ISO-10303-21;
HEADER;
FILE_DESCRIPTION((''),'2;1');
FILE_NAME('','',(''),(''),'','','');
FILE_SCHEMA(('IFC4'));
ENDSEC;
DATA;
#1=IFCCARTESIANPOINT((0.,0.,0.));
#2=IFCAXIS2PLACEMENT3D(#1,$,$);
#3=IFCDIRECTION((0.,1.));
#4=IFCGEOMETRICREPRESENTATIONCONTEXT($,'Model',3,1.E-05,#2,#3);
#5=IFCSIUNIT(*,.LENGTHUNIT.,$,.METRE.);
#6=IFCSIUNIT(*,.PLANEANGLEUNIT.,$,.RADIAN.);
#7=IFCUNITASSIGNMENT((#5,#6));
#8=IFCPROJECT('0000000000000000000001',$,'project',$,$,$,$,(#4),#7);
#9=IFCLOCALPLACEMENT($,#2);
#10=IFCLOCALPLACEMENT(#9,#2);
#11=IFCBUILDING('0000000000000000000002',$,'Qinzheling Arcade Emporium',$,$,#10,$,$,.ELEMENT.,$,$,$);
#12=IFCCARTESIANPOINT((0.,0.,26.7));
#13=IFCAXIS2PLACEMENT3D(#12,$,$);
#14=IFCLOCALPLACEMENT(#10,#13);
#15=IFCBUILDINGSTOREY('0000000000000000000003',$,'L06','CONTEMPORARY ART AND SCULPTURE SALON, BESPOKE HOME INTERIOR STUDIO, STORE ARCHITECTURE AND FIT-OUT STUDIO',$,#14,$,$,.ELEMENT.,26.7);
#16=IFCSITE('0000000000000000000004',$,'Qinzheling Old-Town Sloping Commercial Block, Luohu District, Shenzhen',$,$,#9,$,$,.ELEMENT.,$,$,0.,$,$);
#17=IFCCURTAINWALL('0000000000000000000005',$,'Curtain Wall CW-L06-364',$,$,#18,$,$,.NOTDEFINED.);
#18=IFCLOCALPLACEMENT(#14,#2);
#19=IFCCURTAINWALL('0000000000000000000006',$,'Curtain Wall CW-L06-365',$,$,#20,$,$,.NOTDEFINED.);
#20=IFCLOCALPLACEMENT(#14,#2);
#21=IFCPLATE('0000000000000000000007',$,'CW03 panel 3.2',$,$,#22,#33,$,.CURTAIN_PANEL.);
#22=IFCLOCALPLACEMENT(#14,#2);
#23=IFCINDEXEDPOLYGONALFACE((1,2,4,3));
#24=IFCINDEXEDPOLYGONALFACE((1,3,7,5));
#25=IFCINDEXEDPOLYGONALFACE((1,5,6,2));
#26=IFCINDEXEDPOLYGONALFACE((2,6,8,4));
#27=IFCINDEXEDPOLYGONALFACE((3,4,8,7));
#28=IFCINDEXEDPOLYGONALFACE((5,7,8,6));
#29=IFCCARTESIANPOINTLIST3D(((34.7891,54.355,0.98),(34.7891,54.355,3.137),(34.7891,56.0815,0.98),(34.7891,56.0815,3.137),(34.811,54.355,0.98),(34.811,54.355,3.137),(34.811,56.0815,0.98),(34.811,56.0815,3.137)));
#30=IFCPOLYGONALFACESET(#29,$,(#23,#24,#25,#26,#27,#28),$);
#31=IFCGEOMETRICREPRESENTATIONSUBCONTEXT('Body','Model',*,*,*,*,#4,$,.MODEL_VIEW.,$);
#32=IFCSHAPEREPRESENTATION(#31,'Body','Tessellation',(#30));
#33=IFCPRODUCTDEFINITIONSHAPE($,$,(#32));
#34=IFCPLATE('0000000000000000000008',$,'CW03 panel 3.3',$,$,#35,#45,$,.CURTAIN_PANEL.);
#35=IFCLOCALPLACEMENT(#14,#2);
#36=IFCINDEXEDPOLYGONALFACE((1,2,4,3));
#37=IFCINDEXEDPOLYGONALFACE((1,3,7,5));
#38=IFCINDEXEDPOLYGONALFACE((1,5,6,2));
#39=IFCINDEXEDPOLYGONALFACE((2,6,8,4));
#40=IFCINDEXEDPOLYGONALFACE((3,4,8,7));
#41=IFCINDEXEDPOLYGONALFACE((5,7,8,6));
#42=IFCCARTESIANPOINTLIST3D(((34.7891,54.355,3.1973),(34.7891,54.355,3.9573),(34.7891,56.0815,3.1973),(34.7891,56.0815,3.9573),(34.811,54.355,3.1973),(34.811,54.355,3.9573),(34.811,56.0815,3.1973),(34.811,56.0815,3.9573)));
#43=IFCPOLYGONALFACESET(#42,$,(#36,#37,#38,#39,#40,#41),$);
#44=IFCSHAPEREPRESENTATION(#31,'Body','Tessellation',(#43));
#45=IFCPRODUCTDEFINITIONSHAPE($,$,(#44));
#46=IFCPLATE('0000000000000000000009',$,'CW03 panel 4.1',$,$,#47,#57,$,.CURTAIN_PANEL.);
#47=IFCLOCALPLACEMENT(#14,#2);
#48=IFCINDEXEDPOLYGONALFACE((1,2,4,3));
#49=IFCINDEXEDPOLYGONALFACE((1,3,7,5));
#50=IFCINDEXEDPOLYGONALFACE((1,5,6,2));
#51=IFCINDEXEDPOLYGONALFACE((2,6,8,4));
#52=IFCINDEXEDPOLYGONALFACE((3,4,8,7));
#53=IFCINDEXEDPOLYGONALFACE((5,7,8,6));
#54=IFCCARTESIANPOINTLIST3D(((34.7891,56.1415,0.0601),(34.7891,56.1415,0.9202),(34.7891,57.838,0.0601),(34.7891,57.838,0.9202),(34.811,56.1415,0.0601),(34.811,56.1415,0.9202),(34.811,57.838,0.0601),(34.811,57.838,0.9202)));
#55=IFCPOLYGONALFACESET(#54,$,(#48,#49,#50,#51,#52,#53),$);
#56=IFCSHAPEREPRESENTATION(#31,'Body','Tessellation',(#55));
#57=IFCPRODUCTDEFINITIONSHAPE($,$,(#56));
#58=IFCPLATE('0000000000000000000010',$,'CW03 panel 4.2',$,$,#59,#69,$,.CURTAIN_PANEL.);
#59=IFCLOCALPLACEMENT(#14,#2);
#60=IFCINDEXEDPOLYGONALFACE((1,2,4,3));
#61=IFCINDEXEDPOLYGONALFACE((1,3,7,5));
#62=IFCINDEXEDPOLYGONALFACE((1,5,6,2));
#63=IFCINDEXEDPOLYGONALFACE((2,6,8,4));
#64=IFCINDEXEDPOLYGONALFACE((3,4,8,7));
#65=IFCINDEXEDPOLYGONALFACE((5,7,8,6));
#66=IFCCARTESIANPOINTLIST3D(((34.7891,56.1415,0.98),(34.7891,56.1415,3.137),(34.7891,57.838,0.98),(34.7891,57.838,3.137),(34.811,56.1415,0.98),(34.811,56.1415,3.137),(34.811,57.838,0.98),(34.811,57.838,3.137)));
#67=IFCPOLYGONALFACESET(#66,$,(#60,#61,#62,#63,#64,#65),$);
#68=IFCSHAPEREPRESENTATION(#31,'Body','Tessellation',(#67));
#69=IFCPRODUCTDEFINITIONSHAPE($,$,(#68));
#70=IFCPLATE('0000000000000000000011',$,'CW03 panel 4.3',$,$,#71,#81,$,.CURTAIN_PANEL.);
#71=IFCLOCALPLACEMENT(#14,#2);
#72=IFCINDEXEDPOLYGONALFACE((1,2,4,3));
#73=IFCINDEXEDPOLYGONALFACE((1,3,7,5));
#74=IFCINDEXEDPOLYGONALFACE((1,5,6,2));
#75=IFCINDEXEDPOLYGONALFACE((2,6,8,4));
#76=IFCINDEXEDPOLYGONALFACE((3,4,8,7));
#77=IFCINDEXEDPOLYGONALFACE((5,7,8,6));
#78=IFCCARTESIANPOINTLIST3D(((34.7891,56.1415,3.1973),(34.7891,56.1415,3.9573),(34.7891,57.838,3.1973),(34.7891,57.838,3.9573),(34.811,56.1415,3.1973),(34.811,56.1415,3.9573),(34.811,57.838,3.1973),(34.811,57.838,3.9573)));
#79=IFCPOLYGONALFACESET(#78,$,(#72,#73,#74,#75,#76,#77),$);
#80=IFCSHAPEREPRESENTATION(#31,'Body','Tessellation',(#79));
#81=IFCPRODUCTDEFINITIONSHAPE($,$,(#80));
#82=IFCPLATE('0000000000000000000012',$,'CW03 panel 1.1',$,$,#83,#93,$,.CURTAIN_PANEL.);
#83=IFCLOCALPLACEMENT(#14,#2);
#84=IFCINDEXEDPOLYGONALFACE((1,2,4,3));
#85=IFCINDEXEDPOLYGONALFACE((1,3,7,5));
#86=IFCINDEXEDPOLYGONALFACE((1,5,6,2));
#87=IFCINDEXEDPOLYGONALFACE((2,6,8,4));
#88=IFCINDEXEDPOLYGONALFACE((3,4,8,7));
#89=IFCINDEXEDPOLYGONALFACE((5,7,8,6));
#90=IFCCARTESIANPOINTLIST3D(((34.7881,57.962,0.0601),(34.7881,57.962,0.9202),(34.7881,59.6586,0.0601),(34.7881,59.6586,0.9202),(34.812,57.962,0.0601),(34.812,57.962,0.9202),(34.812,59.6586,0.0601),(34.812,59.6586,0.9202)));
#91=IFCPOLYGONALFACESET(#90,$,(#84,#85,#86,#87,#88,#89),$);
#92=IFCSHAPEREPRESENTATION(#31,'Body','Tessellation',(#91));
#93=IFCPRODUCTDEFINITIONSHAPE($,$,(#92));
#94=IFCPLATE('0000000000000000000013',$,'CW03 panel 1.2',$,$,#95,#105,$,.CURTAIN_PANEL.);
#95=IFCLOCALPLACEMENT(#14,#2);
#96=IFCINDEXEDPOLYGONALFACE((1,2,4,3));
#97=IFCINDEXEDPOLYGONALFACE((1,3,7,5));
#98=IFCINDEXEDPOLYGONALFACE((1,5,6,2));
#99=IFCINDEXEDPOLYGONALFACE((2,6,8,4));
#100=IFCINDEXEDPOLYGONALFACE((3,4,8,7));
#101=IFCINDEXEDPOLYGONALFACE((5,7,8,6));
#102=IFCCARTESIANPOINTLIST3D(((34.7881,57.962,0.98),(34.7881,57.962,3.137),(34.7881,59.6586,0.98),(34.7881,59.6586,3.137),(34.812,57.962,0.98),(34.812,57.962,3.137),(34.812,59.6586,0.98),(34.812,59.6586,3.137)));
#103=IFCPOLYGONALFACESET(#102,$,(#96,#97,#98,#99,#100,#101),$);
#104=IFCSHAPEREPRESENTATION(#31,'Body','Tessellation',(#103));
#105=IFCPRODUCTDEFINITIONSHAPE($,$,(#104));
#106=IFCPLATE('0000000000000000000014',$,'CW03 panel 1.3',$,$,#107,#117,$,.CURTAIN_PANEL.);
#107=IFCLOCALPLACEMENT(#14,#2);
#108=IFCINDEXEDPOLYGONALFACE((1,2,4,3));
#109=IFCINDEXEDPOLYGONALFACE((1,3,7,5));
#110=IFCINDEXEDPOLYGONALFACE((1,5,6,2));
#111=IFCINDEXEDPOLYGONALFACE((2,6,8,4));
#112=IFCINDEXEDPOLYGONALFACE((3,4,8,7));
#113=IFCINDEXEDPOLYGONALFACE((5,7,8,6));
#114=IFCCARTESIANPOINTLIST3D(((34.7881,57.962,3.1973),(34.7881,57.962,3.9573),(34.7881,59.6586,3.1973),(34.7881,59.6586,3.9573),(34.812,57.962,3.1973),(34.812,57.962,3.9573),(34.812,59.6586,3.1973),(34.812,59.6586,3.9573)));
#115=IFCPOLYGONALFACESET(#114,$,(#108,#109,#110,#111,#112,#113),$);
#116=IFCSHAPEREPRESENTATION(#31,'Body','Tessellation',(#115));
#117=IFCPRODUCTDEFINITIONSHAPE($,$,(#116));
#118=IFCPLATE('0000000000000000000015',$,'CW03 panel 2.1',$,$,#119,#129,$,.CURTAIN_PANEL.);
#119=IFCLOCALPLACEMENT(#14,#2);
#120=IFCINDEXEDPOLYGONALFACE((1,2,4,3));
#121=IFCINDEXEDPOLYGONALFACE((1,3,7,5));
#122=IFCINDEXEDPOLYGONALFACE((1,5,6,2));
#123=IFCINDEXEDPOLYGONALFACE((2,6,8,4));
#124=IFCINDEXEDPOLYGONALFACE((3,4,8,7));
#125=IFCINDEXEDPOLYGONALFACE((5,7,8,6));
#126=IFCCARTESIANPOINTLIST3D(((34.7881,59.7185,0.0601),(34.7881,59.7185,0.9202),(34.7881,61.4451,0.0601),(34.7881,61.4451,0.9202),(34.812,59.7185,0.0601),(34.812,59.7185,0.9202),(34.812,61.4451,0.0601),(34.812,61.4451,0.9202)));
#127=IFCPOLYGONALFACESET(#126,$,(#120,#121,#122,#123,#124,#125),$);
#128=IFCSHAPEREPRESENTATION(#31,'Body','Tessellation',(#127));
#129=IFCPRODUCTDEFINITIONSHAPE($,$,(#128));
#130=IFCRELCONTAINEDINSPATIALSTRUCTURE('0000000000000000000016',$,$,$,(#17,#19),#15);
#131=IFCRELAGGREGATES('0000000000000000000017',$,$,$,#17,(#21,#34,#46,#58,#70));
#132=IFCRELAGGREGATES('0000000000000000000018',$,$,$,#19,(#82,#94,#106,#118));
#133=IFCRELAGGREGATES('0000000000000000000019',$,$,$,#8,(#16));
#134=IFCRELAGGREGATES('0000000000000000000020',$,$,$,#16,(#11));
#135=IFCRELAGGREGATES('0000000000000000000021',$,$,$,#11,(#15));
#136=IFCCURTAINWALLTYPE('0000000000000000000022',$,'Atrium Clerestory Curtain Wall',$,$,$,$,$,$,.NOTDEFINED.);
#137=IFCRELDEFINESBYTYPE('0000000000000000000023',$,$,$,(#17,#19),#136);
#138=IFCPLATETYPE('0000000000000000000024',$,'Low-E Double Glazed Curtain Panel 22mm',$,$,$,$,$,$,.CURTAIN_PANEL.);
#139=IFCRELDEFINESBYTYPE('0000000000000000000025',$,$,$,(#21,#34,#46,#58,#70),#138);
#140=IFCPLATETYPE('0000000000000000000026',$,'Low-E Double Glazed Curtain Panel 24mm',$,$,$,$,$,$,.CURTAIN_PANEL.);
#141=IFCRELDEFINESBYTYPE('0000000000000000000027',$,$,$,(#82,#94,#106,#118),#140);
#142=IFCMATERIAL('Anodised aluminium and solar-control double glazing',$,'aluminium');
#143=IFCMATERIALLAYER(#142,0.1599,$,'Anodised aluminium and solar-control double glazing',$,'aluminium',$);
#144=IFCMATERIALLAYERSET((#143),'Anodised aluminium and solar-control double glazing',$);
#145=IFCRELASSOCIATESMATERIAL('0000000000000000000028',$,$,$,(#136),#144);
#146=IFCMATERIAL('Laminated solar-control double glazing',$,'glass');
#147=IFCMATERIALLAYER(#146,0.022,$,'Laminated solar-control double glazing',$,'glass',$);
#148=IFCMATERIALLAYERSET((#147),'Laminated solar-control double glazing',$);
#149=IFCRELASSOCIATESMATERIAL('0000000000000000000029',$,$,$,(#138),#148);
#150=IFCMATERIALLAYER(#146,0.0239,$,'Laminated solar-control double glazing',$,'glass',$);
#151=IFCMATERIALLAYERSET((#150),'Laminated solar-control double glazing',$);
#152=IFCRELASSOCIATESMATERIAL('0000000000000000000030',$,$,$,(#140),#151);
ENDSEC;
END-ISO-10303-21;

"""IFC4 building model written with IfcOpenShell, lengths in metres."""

from ifc_helpers import new_model, si_unit, direction, frame, origin, origin_2d, place, context, subcontext, project, spatial, rectangle, extrude, material, layer, layer_set, type_object, element, aggregate, save


model = new_model("IFC4")

# Units and contexts
model_context = context("Model", 3, precision=1e-05, world=origin(), true_north=direction((0.0, 1.0)))
body_context = subcontext(model_context, "Body", "Model", "MODEL_VIEW")
ifc_project = project(units=[si_unit("LENGTHUNIT", "METRE"), si_unit("PLANEANGLEUNIT", "RADIAN")], contexts=[model_context])

# Site, building, storey
site_placement = place(None, origin())
site = spatial("IfcSite", under=ifc_project, at=site_placement, Name="Qinzheling Old-Town Sloping Commercial Block, Luohu District, Shenzhen", CompositionType="ELEMENT", RefElevation=0.0)
building_placement = place(site_placement, origin())
building = spatial("IfcBuilding", under=site, at=building_placement, Name="Qinzheling Arcade Emporium", CompositionType="ELEMENT")
storey_placement = place(building_placement, frame((0.0, 0.0, 26.7)))
storey = spatial("IfcBuildingStorey", under=building, at=storey_placement, Name="L06", Description="CONTEMPORARY ART AND SCULPTURE SALON, BESPOKE HOME INTERIOR STUDIO, STORE ARCHITECTURE AND FIT-OUT STUDIO", CompositionType="ELEMENT", Elevation=26.7)

# Curtain walls
ifc_material_1 = material(Name="Anodised aluminium and solar-control double glazing", Category="aluminium")
ifc_layer_1 = layer(ifc_material_1, 0.1599, Name="Anodised aluminium and solar-control double glazing", Category="aluminium")
ifc_layer_set_1 = layer_set([ifc_layer_1], Name="Anodised aluminium and solar-control double glazing")
curtain_wall_type = type_object("IfcCurtainWallType", Name="Atrium Clerestory Curtain Wall", PredefinedType="NOTDEFINED", material=ifc_layer_set_1)
curtain_wall_1_placement = place(storey_placement, origin())
curtain_wall_1 = element("IfcCurtainWall", 1, at=curtain_wall_1_placement, inside=storey, type_object=curtain_wall_type, Name="Curtain Wall CW-L06-364", PredefinedType="NOTDEFINED")
curtain_wall_2_placement = place(storey_placement, origin())
curtain_wall_2 = element("IfcCurtainWall", 2, at=curtain_wall_2_placement, inside=storey, type_object=curtain_wall_type, Name="Curtain Wall CW-L06-365", PredefinedType="NOTDEFINED")

# Plates
ifc_material_2 = material(Name="Laminated solar-control double glazing", Category="glass")
ifc_layer_2 = layer(ifc_material_2, 0.022, Name="Laminated solar-control double glazing", Category="glass")
ifc_layer_set_2 = layer_set([ifc_layer_2], Name="Laminated solar-control double glazing")
plate_type_1 = type_object("IfcPlateType", Name="Low-E Double Glazed Curtain Panel 22mm", PredefinedType="CURTAIN_PANEL", material=ifc_layer_set_2)
plate_1_placement = place(storey_placement, frame((34.8, 55.2183, 0.98), z_axis=(0.0, 0.0, 1.0), x_axis=(0.0, 1.0, 0.0)))
plate_1 = element("IfcPlate", 3, at=plate_1_placement, type_object=plate_type_1, Name="CW03 panel 3.2", PredefinedType="CURTAIN_PANEL", context=body_context, shape_type="SweptSolid", body=[
    extrude(rectangle(XDim=1.7266, YDim=0.022, at=origin_2d()), origin(), (0.0, 0.0, 1.0), 2.157),
])
plate_2_placement = place(storey_placement, frame((34.8, 55.2183, 3.1973), z_axis=(0.0, 0.0, 1.0), x_axis=(0.0, 1.0, 0.0)))
plate_2 = element("IfcPlate", 4, at=plate_2_placement, type_object=plate_type_1, Name="CW03 panel 3.3", PredefinedType="CURTAIN_PANEL", context=body_context, shape_type="SweptSolid", body=[
    extrude(rectangle(XDim=1.7266, YDim=0.022, at=origin_2d()), origin(), (0.0, 0.0, 1.0), 0.76),
])
plate_3_placement = place(storey_placement, frame((34.8, 56.9897, 0.0601), z_axis=(0.0, 0.0, 1.0), x_axis=(0.0, 1.0, 0.0)))
plate_3 = element("IfcPlate", 5, at=plate_3_placement, type_object=plate_type_1, Name="CW03 panel 4.1", PredefinedType="CURTAIN_PANEL", context=body_context, shape_type="SweptSolid", body=[
    extrude(rectangle(XDim=1.6965, YDim=0.022, at=origin_2d()), origin(), (0.0, 0.0, 1.0), 0.8601),
])
plate_4_placement = place(storey_placement, frame((34.8, 56.9897, 0.98), z_axis=(0.0, 0.0, 1.0), x_axis=(0.0, 1.0, 0.0)))
plate_4 = element("IfcPlate", 6, at=plate_4_placement, type_object=plate_type_1, Name="CW03 panel 4.2", PredefinedType="CURTAIN_PANEL", context=body_context, shape_type="SweptSolid", body=[
    extrude(rectangle(XDim=1.6965, YDim=0.022, at=origin_2d()), origin(), (0.0, 0.0, 1.0), 2.157),
])
plate_5_placement = place(storey_placement, frame((34.8, 56.9897, 3.1973), z_axis=(0.0, 0.0, 1.0), x_axis=(0.0, 1.0, 0.0)))
plate_5 = element("IfcPlate", 7, at=plate_5_placement, type_object=plate_type_1, Name="CW03 panel 4.3", PredefinedType="CURTAIN_PANEL", context=body_context, shape_type="SweptSolid", body=[
    extrude(rectangle(XDim=1.6965, YDim=0.022, at=origin_2d()), origin(), (0.0, 0.0, 1.0), 0.76),
])
aggregate(curtain_wall_1, [plate_1, plate_2, plate_3, plate_4, plate_5])
ifc_layer_3 = layer(ifc_material_2, 0.0239, Name="Laminated solar-control double glazing", Category="glass")
ifc_layer_set_3 = layer_set([ifc_layer_3], Name="Laminated solar-control double glazing")
plate_type_2 = type_object("IfcPlateType", Name="Low-E Double Glazed Curtain Panel 24mm", PredefinedType="CURTAIN_PANEL", material=ifc_layer_set_3)
plate_6_placement = place(storey_placement, frame((34.8, 58.8103, 0.0601), z_axis=(0.0, 0.0, 1.0), x_axis=(0.0, 1.0, 0.0)))
plate_6 = element("IfcPlate", 8, at=plate_6_placement, type_object=plate_type_2, Name="CW03 panel 1.1", PredefinedType="CURTAIN_PANEL", context=body_context, shape_type="SweptSolid", body=[
    extrude(rectangle(XDim=1.6965, YDim=0.0239, at=origin_2d()), origin(), (0.0, 0.0, 1.0), 0.8601),
])
plate_7_placement = place(storey_placement, frame((34.8, 58.8103, 0.98), z_axis=(0.0, 0.0, 1.0), x_axis=(0.0, 1.0, 0.0)))
plate_7 = element("IfcPlate", 9, at=plate_7_placement, type_object=plate_type_2, Name="CW03 panel 1.2", PredefinedType="CURTAIN_PANEL", context=body_context, shape_type="SweptSolid", body=[
    extrude(rectangle(XDim=1.6965, YDim=0.0239, at=origin_2d()), origin(), (0.0, 0.0, 1.0), 2.157),
])
plate_8_placement = place(storey_placement, frame((34.8, 58.8103, 3.1973), z_axis=(0.0, 0.0, 1.0), x_axis=(0.0, 1.0, 0.0)))
plate_8 = element("IfcPlate", 10, at=plate_8_placement, type_object=plate_type_2, Name="CW03 panel 1.3", PredefinedType="CURTAIN_PANEL", context=body_context, shape_type="SweptSolid", body=[
    extrude(rectangle(XDim=1.6965, YDim=0.0239, at=origin_2d()), origin(), (0.0, 0.0, 1.0), 0.76),
])
plate_9_placement = place(storey_placement, frame((34.8, 60.5818, 0.0601), z_axis=(0.0, 0.0, 1.0), x_axis=(0.0, 1.0, 0.0)))
plate_9 = element("IfcPlate", 11, at=plate_9_placement, type_object=plate_type_2, Name="CW03 panel 2.1", PredefinedType="CURTAIN_PANEL", context=body_context, shape_type="SweptSolid", body=[
    extrude(rectangle(XDim=1.7266, YDim=0.0239, at=origin_2d()), origin(), (0.0, 0.0, 1.0), 0.8601),
])
aggregate(curtain_wall_2, [plate_6, plate_7, plate_8, plate_9])

save(model, "model.ifc")
